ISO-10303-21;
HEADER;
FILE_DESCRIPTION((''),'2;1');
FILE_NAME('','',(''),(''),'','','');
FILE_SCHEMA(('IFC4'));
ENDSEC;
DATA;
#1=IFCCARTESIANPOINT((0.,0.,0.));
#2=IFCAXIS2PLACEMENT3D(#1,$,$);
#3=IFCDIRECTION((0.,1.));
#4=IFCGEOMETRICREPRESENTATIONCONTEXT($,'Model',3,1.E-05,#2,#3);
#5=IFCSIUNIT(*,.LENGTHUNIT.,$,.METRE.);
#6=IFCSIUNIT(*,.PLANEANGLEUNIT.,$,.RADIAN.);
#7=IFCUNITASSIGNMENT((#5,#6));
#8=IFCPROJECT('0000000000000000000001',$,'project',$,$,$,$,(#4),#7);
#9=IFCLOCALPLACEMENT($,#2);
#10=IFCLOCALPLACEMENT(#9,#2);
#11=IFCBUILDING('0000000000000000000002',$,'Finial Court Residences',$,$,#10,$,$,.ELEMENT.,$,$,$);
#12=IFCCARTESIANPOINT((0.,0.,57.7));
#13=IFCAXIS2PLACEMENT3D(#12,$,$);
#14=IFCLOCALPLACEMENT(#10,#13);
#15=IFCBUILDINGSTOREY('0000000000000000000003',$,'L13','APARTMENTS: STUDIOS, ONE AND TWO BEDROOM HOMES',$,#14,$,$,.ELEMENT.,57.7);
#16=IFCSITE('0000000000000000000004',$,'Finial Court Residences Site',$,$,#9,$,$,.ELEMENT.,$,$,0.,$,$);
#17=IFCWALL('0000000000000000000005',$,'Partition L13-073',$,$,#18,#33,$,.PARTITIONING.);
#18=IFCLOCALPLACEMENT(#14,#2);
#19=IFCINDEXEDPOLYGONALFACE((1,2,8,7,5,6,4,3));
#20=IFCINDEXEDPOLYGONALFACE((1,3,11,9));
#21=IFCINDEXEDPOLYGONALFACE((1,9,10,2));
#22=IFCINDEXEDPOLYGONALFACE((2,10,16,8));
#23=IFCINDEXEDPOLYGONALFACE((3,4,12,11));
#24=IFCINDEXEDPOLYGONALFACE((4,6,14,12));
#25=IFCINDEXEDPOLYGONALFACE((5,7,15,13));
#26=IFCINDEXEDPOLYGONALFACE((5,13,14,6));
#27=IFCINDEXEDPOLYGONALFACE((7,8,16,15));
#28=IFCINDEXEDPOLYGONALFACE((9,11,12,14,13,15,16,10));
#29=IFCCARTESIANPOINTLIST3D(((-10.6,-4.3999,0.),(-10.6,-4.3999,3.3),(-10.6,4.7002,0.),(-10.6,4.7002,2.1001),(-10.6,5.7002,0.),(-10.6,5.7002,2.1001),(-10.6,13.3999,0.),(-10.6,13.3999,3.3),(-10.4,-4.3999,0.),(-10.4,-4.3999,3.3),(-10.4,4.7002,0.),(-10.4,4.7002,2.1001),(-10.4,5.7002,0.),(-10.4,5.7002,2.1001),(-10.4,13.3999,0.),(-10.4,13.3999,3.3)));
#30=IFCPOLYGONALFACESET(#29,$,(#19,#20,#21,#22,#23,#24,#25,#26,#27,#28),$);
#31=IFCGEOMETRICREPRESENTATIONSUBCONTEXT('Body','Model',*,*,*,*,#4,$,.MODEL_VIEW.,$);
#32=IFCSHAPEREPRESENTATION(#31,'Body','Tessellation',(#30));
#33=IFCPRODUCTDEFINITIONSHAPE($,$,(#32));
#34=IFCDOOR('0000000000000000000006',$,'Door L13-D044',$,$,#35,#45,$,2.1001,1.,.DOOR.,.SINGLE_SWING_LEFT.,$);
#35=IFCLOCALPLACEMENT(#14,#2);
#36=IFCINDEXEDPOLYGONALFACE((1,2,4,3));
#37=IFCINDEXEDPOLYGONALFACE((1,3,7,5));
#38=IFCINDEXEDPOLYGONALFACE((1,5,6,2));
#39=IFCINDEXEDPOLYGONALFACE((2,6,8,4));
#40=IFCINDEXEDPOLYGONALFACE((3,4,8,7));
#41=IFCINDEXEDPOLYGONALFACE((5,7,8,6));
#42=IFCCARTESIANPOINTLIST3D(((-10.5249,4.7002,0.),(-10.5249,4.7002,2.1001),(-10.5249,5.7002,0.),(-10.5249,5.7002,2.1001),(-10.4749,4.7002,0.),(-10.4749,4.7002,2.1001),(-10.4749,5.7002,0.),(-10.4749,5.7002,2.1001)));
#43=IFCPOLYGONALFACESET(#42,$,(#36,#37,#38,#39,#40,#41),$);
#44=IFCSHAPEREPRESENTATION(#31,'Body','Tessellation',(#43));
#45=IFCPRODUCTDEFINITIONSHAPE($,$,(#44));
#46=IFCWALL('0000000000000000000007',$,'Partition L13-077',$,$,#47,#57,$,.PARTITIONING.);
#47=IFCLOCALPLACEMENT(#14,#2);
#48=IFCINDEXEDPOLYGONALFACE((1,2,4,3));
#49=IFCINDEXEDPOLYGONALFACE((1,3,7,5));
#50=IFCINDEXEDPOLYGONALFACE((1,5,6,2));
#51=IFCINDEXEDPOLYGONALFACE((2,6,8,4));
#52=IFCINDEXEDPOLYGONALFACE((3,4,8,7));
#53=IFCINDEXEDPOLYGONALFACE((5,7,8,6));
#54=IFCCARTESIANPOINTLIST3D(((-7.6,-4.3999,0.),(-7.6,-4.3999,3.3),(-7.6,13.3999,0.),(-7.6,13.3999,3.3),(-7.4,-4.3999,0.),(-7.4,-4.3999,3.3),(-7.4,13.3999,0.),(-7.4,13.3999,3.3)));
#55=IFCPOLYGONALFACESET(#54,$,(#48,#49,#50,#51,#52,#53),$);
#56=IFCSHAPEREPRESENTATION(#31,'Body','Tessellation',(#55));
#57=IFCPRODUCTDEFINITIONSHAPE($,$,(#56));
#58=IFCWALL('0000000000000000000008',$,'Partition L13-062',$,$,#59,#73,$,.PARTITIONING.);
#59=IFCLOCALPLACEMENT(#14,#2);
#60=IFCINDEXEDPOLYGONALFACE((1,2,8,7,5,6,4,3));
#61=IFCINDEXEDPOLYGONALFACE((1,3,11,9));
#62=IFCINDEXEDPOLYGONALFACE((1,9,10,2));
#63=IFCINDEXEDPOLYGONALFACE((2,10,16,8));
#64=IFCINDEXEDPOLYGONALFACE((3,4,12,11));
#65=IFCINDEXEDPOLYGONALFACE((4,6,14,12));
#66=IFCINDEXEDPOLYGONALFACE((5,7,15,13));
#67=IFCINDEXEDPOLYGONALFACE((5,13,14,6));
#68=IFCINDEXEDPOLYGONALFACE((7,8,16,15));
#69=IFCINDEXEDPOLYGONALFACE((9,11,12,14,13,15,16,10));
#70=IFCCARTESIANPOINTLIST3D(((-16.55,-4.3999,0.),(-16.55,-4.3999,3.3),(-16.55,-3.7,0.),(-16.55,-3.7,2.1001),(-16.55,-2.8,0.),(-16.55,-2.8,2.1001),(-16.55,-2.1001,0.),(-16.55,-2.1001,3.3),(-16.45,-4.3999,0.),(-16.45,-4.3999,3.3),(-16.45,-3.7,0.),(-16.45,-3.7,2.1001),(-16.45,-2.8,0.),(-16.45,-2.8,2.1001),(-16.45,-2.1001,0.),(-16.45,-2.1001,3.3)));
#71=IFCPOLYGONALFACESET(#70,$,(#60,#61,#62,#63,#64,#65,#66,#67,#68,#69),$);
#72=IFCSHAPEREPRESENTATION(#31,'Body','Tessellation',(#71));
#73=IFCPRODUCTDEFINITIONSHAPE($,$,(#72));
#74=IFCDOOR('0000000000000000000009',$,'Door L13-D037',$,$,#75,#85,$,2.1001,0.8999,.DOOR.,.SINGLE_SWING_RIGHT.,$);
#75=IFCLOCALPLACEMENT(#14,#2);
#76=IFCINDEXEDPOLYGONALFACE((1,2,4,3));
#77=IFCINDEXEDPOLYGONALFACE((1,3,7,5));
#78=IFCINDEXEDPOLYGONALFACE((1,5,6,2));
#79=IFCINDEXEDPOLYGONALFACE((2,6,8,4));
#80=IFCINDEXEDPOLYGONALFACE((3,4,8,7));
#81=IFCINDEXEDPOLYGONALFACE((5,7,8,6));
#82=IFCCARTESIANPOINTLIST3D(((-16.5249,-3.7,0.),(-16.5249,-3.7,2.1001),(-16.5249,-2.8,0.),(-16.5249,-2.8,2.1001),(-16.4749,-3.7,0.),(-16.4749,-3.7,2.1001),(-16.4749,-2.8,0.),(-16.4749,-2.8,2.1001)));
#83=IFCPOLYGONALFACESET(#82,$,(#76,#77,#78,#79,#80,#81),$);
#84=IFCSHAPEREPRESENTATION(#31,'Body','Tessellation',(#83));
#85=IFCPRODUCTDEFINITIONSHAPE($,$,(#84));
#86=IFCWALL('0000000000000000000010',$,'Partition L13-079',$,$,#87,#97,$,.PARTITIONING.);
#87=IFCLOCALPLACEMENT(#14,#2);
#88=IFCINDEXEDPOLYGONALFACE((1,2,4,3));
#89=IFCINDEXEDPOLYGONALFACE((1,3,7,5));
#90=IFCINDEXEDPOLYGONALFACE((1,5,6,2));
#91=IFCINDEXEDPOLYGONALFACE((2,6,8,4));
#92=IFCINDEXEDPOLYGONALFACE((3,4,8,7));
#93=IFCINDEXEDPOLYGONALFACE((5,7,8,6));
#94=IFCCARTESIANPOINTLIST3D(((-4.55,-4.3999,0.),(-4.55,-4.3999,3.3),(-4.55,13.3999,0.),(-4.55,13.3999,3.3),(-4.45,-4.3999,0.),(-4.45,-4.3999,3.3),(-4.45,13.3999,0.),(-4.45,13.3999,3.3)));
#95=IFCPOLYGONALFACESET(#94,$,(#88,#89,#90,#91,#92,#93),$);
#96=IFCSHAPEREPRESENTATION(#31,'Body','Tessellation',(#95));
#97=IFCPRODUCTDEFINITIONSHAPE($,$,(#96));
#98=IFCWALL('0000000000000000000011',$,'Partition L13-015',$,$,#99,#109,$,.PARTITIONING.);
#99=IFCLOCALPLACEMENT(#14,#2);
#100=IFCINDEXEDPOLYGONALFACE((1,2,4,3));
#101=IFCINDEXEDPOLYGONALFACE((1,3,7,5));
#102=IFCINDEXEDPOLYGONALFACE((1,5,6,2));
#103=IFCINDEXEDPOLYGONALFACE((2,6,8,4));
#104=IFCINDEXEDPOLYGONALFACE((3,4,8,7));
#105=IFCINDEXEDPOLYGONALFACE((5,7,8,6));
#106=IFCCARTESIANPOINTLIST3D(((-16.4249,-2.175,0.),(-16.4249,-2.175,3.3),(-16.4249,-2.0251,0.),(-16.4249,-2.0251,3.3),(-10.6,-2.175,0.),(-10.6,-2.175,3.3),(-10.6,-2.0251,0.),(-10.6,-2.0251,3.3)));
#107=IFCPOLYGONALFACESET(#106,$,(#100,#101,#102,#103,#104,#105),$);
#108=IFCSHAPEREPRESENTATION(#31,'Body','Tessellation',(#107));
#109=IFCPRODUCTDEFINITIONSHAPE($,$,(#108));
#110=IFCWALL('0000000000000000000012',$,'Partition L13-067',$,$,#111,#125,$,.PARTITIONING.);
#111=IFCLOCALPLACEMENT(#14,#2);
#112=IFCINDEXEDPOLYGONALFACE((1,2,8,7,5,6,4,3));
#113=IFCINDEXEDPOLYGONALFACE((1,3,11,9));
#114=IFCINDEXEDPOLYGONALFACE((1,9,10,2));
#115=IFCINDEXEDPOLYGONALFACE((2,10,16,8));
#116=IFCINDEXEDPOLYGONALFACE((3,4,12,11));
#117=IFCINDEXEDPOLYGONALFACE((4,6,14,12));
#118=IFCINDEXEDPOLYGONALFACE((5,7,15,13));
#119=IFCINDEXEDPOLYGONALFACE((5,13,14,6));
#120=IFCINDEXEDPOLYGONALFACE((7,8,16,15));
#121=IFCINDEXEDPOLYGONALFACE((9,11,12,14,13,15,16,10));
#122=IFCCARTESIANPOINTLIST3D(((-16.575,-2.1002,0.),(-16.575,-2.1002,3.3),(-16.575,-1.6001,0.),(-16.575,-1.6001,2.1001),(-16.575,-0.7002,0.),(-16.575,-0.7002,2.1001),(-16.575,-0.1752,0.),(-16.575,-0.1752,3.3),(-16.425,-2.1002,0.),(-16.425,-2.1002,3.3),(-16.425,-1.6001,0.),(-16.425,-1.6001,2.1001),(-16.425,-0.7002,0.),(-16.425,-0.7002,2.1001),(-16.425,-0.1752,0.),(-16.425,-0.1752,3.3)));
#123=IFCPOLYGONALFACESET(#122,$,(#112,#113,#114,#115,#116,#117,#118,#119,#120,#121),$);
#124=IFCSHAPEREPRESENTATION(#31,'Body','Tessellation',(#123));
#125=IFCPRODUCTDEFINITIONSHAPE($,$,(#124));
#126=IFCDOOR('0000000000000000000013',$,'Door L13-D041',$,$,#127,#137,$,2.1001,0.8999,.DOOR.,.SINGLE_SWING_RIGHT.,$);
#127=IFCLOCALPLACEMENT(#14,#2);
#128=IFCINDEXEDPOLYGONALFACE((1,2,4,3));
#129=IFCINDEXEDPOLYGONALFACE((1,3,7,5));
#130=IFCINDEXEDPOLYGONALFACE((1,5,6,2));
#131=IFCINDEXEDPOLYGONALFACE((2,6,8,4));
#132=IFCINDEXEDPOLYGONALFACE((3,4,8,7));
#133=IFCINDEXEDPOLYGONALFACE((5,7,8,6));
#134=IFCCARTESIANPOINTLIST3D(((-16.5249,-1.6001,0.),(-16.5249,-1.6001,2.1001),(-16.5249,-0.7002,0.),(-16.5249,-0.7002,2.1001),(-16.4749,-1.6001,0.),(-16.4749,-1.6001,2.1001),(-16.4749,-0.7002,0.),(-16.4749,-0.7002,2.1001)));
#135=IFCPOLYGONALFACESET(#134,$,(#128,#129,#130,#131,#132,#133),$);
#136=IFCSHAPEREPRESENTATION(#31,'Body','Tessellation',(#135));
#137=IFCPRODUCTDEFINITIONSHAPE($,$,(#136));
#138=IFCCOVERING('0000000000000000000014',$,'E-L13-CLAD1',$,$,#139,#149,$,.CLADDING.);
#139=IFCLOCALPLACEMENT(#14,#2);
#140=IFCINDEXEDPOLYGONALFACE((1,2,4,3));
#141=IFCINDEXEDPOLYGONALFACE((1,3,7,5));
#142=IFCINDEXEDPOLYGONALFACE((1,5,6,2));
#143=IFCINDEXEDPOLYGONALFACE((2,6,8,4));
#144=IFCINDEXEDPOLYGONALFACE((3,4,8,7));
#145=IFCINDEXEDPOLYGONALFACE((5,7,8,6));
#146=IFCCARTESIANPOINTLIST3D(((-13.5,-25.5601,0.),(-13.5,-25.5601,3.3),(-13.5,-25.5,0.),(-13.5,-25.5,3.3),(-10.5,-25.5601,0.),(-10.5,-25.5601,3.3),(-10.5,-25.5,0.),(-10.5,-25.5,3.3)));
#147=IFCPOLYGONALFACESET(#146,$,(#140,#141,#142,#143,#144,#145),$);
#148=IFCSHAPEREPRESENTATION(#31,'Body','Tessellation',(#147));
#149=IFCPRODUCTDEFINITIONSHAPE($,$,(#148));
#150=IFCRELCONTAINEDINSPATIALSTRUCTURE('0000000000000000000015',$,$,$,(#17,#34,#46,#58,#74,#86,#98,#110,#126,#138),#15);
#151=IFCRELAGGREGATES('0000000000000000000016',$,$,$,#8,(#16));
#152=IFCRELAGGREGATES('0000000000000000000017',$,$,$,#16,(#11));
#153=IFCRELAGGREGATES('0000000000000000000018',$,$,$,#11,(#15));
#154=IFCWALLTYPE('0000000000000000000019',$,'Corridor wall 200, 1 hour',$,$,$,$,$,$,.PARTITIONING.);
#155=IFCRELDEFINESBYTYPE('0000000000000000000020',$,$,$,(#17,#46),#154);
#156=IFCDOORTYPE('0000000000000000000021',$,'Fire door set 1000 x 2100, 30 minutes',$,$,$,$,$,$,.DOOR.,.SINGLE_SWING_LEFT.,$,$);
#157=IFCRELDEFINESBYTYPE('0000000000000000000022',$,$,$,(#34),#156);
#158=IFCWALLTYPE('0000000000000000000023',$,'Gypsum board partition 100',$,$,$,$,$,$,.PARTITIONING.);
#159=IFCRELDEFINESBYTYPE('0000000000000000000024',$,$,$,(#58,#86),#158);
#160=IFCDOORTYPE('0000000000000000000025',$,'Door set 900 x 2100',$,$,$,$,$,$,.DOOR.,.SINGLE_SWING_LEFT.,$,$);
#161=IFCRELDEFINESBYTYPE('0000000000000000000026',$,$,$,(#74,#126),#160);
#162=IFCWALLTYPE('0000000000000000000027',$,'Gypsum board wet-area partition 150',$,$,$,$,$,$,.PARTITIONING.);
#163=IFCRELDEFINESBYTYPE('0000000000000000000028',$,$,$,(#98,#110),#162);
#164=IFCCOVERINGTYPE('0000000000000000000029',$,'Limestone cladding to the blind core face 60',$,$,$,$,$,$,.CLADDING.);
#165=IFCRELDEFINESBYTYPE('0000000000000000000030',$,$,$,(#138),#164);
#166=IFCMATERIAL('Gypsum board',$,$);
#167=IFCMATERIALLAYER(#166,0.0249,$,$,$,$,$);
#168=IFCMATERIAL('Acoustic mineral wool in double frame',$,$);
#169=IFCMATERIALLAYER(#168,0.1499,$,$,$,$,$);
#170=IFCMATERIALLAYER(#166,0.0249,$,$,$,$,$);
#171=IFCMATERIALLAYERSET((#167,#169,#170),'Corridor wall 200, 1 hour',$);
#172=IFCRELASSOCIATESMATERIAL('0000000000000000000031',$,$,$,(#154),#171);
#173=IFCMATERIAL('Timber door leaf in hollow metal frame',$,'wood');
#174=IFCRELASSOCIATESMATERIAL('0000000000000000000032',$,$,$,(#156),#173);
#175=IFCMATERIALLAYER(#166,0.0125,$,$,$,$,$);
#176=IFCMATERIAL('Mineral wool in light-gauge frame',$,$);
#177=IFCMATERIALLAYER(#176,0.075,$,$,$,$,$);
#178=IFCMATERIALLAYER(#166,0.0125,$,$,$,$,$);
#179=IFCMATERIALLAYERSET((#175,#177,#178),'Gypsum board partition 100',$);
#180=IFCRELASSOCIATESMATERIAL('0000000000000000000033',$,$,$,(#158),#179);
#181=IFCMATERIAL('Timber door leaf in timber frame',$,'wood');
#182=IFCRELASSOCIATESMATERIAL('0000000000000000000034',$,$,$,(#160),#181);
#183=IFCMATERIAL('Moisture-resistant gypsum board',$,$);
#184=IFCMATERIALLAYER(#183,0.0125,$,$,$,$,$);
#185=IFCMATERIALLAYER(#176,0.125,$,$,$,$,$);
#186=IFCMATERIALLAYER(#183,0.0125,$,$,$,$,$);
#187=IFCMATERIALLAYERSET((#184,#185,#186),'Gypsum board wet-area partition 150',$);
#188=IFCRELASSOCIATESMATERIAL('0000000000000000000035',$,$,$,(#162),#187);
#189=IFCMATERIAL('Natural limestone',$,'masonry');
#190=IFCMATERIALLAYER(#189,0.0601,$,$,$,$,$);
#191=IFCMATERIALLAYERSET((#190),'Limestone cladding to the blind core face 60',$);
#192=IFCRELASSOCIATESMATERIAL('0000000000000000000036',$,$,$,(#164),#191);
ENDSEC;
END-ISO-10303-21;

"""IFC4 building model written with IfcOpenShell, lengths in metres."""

from ifc_helpers import new_model, si_unit, direction, frame, frame_2d, origin, place, context, subcontext, project, spatial, polyline, rectangle, outline, extrude, material, layer, layer_set, type_object, element, fill, save


model = new_model("IFC4")

# Units and contexts
model_context = context("Model", 3, precision=1e-05, world=origin(), true_north=direction((0.0, 1.0)))
body_context = subcontext(model_context, "Body", "Model", "MODEL_VIEW")
ifc_project = project(units=[si_unit("LENGTHUNIT", "METRE"), si_unit("PLANEANGLEUNIT", "RADIAN")], contexts=[model_context])

# Site, building, storey
site_placement = place(None, origin())
site = spatial("IfcSite", under=ifc_project, at=site_placement, Name="Finial Court Residences Site", CompositionType="ELEMENT", RefElevation=0.0)
building_placement = place(site_placement, origin())
building = spatial("IfcBuilding", under=site, at=building_placement, Name="Finial Court Residences", CompositionType="ELEMENT")
storey_placement = place(building_placement, frame((0.0, 0.0, 57.7)))
storey = spatial("IfcBuildingStorey", under=building, at=storey_placement, Name="L13", Description="APARTMENTS: STUDIOS, ONE AND TWO BEDROOM HOMES", CompositionType="ELEMENT", Elevation=57.7)

# Wall, opening, door
ifc_material_1 = material(Name="Gypsum board")
ifc_layer_1 = layer(ifc_material_1, 0.0249)
ifc_material_2 = material(Name="Acoustic mineral wool in double frame")
ifc_layer_2 = layer(ifc_material_2, 0.1499)
ifc_layer_3 = layer(ifc_material_1, 0.0249)
ifc_layer_set_1 = layer_set([ifc_layer_1, ifc_layer_2, ifc_layer_3], Name="Corridor wall 200, 1 hour")
wall_type_1 = type_object("IfcWallType", Name="Corridor wall 200, 1 hour", PredefinedType="PARTITIONING", material=ifc_layer_set_1)
wall_1_placement = place(storey_placement, frame((-10.5, -4.3999, 0.0), z_axis=(0.0, 0.0, 1.0), x_axis=(0.0, 1.0, 0.0)))
wall_1 = element("IfcWall", 1, at=wall_1_placement, inside=storey, type_object=wall_type_1, Name="Partition L13-073", PredefinedType="PARTITIONING", context=body_context, shape_type="SweptSolid", body=[
    extrude(rectangle(XDim=17.7998, YDim=0.2, at=frame_2d((8.8999, 0.0))), origin(), (0.0, 0.0, 1.0), 3.3),
])
opening_1_placement = place(wall_1_placement, frame((9.1001, 0.0, 0.0)))
opening_1 = element("IfcOpeningElement", 2, at=opening_1_placement, cuts=wall_1, PredefinedType="OPENING", context=body_context, shape_type="SweptSolid", body=[
    extrude(rectangle(XDim=1.0, YDim=2.1001, at=frame_2d((0.5, 1.05))), frame((0.0, 0.1099, 0.0), z_axis=(0.0, -1.0, 0.0), x_axis=(1.0, 0.0, 0.0)), (0.0, 0.0, 1.0), 0.22),
])
ifc_material_3 = material(Name="Timber door leaf in hollow metal frame", Category="wood")
door_type_1 = type_object("IfcDoorType", Name="Fire door set 1000 x 2100, 30 minutes", OperationType="SINGLE_SWING_LEFT", PredefinedType="DOOR", material=ifc_material_3)
door_1_placement = place(opening_1_placement, origin())
door_1 = element("IfcDoor", 3, at=door_1_placement, inside=storey, type_object=door_type_1, Name="Door L13-D044", OperationType="SINGLE_SWING_LEFT", OverallHeight=2.1001, OverallWidth=1.0, PredefinedType="DOOR", context=body_context, shape_type="SweptSolid", body=[
    extrude(rectangle(XDim=1.0, YDim=2.1001, at=frame_2d((0.5, 1.05))), frame((0.0, 0.0249, 0.0), z_axis=(0.0, -1.0, 0.0), x_axis=(1.0, 0.0, 0.0)), (0.0, 0.0, 1.0), 0.05),
])
fill(opening_1, door_1)

# Wall
wall_2_placement = place(storey_placement, frame((-7.5, -4.3999, 0.0), z_axis=(0.0, 0.0, 1.0), x_axis=(0.0, 1.0, 0.0)))
element("IfcWall", 4, at=wall_2_placement, inside=storey, type_object=wall_type_1, Name="Partition L13-077", PredefinedType="PARTITIONING", context=body_context, shape_type="SweptSolid", body=[
    extrude(rectangle(XDim=17.7998, YDim=0.2, at=frame_2d((8.8999, 0.0))), origin(), (0.0, 0.0, 1.0), 3.3),
])

# Wall, opening, door
ifc_layer_4 = layer(ifc_material_1, 0.0125)
ifc_material_4 = material(Name="Mineral wool in light-gauge frame")
ifc_layer_5 = layer(ifc_material_4, 0.075)
ifc_layer_6 = layer(ifc_material_1, 0.0125)
ifc_layer_set_2 = layer_set([ifc_layer_4, ifc_layer_5, ifc_layer_6], Name="Gypsum board partition 100")
wall_type_2 = type_object("IfcWallType", Name="Gypsum board partition 100", PredefinedType="PARTITIONING", material=ifc_layer_set_2)
wall_3_placement = place(storey_placement, frame((-16.5, -4.3999, 0.0), z_axis=(0.0, 0.0, 1.0), x_axis=(0.0, 1.0, 0.0)))
wall_3 = element("IfcWall", 5, at=wall_3_placement, inside=storey, type_object=wall_type_2, Name="Partition L13-062", PredefinedType="PARTITIONING", context=body_context, shape_type="SweptSolid", body=[
    extrude(rectangle(XDim=2.2998, YDim=0.1001, at=frame_2d((1.1499, 0.0))), origin(), (0.0, 0.0, 1.0), 3.3),
])
opening_2_placement = place(wall_3_placement, frame((0.7, 0.0, 0.0)))
opening_2 = element("IfcOpeningElement", 6, at=opening_2_placement, cuts=wall_3, PredefinedType="OPENING", context=body_context, shape_type="SweptSolid", body=[
    extrude(rectangle(XDim=0.8999, YDim=2.1001, at=frame_2d((0.45, 1.05))), frame((0.0, 0.0601, 0.0), z_axis=(0.0, -1.0, 0.0), x_axis=(1.0, 0.0, 0.0)), (0.0, 0.0, 1.0), 0.1201),
])
ifc_material_5 = material(Name="Timber door leaf in timber frame", Category="wood")
door_type_2 = type_object("IfcDoorType", Name="Door set 900 x 2100", OperationType="SINGLE_SWING_LEFT", PredefinedType="DOOR", material=ifc_material_5)
door_2_placement = place(opening_2_placement, origin())
door_2 = element("IfcDoor", 7, at=door_2_placement, inside=storey, type_object=door_type_2, Name="Door L13-D037", OperationType="SINGLE_SWING_RIGHT", OverallHeight=2.1001, OverallWidth=0.8999, PredefinedType="DOOR", context=body_context, shape_type="SweptSolid", body=[
    extrude(rectangle(XDim=0.8999, YDim=2.1001, at=frame_2d((0.45, 1.05))), frame((0.0, 0.0249, 0.0), z_axis=(0.0, -1.0, 0.0), x_axis=(1.0, 0.0, 0.0)), (0.0, 0.0, 1.0), 0.05),
])
fill(opening_2, door_2)

# Walls
wall_4_placement = place(storey_placement, frame((-4.5, -4.3999, 0.0), z_axis=(0.0, 0.0, 1.0), x_axis=(0.0, 1.0, 0.0)))
element("IfcWall", 8, at=wall_4_placement, inside=storey, type_object=wall_type_2, Name="Partition L13-079", PredefinedType="PARTITIONING", context=body_context, shape_type="SweptSolid", body=[
    extrude(rectangle(XDim=17.7998, YDim=0.1001, at=frame_2d((8.8999, 0.0))), origin(), (0.0, 0.0, 1.0), 3.3),
])
ifc_material_6 = material(Name="Moisture-resistant gypsum board")
ifc_layer_7 = layer(ifc_material_6, 0.0125)
ifc_layer_8 = layer(ifc_material_4, 0.125)
ifc_layer_9 = layer(ifc_material_6, 0.0125)
ifc_layer_set_3 = layer_set([ifc_layer_7, ifc_layer_8, ifc_layer_9], Name="Gypsum board wet-area partition 150")
wall_type_3 = type_object("IfcWallType", Name="Gypsum board wet-area partition 150", PredefinedType="PARTITIONING", material=ifc_layer_set_3)
wall_5_placement = place(storey_placement, frame((-16.425, -2.1001, 0.0), z_axis=(0.0, 0.0, 1.0), x_axis=(1.0, 0.0, 0.0)))
element("IfcWall", 9, at=wall_5_placement, inside=storey, type_object=wall_type_3, Name="Partition L13-015", PredefinedType="PARTITIONING", context=body_context, shape_type="SweptSolid", body=[
    extrude(rectangle(XDim=5.825, YDim=0.1499, at=frame_2d((2.9126, 0.0))), origin(), (0.0, 0.0, 1.0), 3.3),
])

# Wall, opening, door
wall_6_placement = place(storey_placement, frame((-16.5, -2.1001, 0.0), z_axis=(0.0, 0.0, 1.0), x_axis=(0.0, 1.0, 0.0)))
wall_6 = element("IfcWall", 10, at=wall_6_placement, inside=storey, type_object=wall_type_3, Name="Partition L13-067", PredefinedType="PARTITIONING", context=body_context, shape_type="SweptSolid", body=[
    extrude(rectangle(XDim=1.925, YDim=0.1499, at=frame_2d((0.9624, 0.0))), origin(), (0.0, 0.0, 1.0), 3.3),
])
opening_3_placement = place(wall_6_placement, frame((0.5, 0.0, 0.0)))
opening_3 = element("IfcOpeningElement", 11, at=opening_3_placement, cuts=wall_6, PredefinedType="OPENING", context=body_context, shape_type="SweptSolid", body=[
    extrude(rectangle(XDim=0.8999, YDim=2.1001, at=frame_2d((0.45, 1.05))), frame((0.0, 0.085, 0.0), z_axis=(0.0, -1.0, 0.0), x_axis=(1.0, 0.0, 0.0)), (0.0, 0.0, 1.0), 0.1699),
])
door_3_placement = place(opening_3_placement, origin())
door_3 = element("IfcDoor", 12, at=door_3_placement, inside=storey, type_object=door_type_2, Name="Door L13-D041", OperationType="SINGLE_SWING_RIGHT", OverallHeight=2.1001, OverallWidth=0.8999, PredefinedType="DOOR", context=body_context, shape_type="SweptSolid", body=[
    extrude(rectangle(XDim=0.8999, YDim=2.1001, at=frame_2d((0.45, 1.05))), frame((0.0, 0.0249, 0.0), z_axis=(0.0, -1.0, 0.0), x_axis=(1.0, 0.0, 0.0)), (0.0, 0.0, 1.0), 0.05),
])
fill(opening_3, door_3)

# Covering
ifc_material_7 = material(Name="Natural limestone", Category="masonry")
ifc_layer_10 = layer(ifc_material_7, 0.0601)
ifc_layer_set_4 = layer_set([ifc_layer_10], Name="Limestone cladding to the blind core face 60")
covering_type = type_object("IfcCoveringType", Name="Limestone cladding to the blind core face 60", PredefinedType="CLADDING", material=ifc_layer_set_4)
covering_placement = place(storey_placement, origin())
element("IfcCovering", 13, at=covering_placement, inside=storey, type_object=covering_type, Name="E-L13-CLAD1", PredefinedType="CLADDING", context=body_context, shape_type="SweptSolid", body=[
    extrude(outline(polyline([(-10.5, -25.5601), (-10.5, -25.5), (-13.5, -25.5), (-13.5, -25.5601), (-10.5, -25.5601)])), origin(), (0.0, 0.0, 1.0), 3.3),
])

save(model, "model.ifc")
